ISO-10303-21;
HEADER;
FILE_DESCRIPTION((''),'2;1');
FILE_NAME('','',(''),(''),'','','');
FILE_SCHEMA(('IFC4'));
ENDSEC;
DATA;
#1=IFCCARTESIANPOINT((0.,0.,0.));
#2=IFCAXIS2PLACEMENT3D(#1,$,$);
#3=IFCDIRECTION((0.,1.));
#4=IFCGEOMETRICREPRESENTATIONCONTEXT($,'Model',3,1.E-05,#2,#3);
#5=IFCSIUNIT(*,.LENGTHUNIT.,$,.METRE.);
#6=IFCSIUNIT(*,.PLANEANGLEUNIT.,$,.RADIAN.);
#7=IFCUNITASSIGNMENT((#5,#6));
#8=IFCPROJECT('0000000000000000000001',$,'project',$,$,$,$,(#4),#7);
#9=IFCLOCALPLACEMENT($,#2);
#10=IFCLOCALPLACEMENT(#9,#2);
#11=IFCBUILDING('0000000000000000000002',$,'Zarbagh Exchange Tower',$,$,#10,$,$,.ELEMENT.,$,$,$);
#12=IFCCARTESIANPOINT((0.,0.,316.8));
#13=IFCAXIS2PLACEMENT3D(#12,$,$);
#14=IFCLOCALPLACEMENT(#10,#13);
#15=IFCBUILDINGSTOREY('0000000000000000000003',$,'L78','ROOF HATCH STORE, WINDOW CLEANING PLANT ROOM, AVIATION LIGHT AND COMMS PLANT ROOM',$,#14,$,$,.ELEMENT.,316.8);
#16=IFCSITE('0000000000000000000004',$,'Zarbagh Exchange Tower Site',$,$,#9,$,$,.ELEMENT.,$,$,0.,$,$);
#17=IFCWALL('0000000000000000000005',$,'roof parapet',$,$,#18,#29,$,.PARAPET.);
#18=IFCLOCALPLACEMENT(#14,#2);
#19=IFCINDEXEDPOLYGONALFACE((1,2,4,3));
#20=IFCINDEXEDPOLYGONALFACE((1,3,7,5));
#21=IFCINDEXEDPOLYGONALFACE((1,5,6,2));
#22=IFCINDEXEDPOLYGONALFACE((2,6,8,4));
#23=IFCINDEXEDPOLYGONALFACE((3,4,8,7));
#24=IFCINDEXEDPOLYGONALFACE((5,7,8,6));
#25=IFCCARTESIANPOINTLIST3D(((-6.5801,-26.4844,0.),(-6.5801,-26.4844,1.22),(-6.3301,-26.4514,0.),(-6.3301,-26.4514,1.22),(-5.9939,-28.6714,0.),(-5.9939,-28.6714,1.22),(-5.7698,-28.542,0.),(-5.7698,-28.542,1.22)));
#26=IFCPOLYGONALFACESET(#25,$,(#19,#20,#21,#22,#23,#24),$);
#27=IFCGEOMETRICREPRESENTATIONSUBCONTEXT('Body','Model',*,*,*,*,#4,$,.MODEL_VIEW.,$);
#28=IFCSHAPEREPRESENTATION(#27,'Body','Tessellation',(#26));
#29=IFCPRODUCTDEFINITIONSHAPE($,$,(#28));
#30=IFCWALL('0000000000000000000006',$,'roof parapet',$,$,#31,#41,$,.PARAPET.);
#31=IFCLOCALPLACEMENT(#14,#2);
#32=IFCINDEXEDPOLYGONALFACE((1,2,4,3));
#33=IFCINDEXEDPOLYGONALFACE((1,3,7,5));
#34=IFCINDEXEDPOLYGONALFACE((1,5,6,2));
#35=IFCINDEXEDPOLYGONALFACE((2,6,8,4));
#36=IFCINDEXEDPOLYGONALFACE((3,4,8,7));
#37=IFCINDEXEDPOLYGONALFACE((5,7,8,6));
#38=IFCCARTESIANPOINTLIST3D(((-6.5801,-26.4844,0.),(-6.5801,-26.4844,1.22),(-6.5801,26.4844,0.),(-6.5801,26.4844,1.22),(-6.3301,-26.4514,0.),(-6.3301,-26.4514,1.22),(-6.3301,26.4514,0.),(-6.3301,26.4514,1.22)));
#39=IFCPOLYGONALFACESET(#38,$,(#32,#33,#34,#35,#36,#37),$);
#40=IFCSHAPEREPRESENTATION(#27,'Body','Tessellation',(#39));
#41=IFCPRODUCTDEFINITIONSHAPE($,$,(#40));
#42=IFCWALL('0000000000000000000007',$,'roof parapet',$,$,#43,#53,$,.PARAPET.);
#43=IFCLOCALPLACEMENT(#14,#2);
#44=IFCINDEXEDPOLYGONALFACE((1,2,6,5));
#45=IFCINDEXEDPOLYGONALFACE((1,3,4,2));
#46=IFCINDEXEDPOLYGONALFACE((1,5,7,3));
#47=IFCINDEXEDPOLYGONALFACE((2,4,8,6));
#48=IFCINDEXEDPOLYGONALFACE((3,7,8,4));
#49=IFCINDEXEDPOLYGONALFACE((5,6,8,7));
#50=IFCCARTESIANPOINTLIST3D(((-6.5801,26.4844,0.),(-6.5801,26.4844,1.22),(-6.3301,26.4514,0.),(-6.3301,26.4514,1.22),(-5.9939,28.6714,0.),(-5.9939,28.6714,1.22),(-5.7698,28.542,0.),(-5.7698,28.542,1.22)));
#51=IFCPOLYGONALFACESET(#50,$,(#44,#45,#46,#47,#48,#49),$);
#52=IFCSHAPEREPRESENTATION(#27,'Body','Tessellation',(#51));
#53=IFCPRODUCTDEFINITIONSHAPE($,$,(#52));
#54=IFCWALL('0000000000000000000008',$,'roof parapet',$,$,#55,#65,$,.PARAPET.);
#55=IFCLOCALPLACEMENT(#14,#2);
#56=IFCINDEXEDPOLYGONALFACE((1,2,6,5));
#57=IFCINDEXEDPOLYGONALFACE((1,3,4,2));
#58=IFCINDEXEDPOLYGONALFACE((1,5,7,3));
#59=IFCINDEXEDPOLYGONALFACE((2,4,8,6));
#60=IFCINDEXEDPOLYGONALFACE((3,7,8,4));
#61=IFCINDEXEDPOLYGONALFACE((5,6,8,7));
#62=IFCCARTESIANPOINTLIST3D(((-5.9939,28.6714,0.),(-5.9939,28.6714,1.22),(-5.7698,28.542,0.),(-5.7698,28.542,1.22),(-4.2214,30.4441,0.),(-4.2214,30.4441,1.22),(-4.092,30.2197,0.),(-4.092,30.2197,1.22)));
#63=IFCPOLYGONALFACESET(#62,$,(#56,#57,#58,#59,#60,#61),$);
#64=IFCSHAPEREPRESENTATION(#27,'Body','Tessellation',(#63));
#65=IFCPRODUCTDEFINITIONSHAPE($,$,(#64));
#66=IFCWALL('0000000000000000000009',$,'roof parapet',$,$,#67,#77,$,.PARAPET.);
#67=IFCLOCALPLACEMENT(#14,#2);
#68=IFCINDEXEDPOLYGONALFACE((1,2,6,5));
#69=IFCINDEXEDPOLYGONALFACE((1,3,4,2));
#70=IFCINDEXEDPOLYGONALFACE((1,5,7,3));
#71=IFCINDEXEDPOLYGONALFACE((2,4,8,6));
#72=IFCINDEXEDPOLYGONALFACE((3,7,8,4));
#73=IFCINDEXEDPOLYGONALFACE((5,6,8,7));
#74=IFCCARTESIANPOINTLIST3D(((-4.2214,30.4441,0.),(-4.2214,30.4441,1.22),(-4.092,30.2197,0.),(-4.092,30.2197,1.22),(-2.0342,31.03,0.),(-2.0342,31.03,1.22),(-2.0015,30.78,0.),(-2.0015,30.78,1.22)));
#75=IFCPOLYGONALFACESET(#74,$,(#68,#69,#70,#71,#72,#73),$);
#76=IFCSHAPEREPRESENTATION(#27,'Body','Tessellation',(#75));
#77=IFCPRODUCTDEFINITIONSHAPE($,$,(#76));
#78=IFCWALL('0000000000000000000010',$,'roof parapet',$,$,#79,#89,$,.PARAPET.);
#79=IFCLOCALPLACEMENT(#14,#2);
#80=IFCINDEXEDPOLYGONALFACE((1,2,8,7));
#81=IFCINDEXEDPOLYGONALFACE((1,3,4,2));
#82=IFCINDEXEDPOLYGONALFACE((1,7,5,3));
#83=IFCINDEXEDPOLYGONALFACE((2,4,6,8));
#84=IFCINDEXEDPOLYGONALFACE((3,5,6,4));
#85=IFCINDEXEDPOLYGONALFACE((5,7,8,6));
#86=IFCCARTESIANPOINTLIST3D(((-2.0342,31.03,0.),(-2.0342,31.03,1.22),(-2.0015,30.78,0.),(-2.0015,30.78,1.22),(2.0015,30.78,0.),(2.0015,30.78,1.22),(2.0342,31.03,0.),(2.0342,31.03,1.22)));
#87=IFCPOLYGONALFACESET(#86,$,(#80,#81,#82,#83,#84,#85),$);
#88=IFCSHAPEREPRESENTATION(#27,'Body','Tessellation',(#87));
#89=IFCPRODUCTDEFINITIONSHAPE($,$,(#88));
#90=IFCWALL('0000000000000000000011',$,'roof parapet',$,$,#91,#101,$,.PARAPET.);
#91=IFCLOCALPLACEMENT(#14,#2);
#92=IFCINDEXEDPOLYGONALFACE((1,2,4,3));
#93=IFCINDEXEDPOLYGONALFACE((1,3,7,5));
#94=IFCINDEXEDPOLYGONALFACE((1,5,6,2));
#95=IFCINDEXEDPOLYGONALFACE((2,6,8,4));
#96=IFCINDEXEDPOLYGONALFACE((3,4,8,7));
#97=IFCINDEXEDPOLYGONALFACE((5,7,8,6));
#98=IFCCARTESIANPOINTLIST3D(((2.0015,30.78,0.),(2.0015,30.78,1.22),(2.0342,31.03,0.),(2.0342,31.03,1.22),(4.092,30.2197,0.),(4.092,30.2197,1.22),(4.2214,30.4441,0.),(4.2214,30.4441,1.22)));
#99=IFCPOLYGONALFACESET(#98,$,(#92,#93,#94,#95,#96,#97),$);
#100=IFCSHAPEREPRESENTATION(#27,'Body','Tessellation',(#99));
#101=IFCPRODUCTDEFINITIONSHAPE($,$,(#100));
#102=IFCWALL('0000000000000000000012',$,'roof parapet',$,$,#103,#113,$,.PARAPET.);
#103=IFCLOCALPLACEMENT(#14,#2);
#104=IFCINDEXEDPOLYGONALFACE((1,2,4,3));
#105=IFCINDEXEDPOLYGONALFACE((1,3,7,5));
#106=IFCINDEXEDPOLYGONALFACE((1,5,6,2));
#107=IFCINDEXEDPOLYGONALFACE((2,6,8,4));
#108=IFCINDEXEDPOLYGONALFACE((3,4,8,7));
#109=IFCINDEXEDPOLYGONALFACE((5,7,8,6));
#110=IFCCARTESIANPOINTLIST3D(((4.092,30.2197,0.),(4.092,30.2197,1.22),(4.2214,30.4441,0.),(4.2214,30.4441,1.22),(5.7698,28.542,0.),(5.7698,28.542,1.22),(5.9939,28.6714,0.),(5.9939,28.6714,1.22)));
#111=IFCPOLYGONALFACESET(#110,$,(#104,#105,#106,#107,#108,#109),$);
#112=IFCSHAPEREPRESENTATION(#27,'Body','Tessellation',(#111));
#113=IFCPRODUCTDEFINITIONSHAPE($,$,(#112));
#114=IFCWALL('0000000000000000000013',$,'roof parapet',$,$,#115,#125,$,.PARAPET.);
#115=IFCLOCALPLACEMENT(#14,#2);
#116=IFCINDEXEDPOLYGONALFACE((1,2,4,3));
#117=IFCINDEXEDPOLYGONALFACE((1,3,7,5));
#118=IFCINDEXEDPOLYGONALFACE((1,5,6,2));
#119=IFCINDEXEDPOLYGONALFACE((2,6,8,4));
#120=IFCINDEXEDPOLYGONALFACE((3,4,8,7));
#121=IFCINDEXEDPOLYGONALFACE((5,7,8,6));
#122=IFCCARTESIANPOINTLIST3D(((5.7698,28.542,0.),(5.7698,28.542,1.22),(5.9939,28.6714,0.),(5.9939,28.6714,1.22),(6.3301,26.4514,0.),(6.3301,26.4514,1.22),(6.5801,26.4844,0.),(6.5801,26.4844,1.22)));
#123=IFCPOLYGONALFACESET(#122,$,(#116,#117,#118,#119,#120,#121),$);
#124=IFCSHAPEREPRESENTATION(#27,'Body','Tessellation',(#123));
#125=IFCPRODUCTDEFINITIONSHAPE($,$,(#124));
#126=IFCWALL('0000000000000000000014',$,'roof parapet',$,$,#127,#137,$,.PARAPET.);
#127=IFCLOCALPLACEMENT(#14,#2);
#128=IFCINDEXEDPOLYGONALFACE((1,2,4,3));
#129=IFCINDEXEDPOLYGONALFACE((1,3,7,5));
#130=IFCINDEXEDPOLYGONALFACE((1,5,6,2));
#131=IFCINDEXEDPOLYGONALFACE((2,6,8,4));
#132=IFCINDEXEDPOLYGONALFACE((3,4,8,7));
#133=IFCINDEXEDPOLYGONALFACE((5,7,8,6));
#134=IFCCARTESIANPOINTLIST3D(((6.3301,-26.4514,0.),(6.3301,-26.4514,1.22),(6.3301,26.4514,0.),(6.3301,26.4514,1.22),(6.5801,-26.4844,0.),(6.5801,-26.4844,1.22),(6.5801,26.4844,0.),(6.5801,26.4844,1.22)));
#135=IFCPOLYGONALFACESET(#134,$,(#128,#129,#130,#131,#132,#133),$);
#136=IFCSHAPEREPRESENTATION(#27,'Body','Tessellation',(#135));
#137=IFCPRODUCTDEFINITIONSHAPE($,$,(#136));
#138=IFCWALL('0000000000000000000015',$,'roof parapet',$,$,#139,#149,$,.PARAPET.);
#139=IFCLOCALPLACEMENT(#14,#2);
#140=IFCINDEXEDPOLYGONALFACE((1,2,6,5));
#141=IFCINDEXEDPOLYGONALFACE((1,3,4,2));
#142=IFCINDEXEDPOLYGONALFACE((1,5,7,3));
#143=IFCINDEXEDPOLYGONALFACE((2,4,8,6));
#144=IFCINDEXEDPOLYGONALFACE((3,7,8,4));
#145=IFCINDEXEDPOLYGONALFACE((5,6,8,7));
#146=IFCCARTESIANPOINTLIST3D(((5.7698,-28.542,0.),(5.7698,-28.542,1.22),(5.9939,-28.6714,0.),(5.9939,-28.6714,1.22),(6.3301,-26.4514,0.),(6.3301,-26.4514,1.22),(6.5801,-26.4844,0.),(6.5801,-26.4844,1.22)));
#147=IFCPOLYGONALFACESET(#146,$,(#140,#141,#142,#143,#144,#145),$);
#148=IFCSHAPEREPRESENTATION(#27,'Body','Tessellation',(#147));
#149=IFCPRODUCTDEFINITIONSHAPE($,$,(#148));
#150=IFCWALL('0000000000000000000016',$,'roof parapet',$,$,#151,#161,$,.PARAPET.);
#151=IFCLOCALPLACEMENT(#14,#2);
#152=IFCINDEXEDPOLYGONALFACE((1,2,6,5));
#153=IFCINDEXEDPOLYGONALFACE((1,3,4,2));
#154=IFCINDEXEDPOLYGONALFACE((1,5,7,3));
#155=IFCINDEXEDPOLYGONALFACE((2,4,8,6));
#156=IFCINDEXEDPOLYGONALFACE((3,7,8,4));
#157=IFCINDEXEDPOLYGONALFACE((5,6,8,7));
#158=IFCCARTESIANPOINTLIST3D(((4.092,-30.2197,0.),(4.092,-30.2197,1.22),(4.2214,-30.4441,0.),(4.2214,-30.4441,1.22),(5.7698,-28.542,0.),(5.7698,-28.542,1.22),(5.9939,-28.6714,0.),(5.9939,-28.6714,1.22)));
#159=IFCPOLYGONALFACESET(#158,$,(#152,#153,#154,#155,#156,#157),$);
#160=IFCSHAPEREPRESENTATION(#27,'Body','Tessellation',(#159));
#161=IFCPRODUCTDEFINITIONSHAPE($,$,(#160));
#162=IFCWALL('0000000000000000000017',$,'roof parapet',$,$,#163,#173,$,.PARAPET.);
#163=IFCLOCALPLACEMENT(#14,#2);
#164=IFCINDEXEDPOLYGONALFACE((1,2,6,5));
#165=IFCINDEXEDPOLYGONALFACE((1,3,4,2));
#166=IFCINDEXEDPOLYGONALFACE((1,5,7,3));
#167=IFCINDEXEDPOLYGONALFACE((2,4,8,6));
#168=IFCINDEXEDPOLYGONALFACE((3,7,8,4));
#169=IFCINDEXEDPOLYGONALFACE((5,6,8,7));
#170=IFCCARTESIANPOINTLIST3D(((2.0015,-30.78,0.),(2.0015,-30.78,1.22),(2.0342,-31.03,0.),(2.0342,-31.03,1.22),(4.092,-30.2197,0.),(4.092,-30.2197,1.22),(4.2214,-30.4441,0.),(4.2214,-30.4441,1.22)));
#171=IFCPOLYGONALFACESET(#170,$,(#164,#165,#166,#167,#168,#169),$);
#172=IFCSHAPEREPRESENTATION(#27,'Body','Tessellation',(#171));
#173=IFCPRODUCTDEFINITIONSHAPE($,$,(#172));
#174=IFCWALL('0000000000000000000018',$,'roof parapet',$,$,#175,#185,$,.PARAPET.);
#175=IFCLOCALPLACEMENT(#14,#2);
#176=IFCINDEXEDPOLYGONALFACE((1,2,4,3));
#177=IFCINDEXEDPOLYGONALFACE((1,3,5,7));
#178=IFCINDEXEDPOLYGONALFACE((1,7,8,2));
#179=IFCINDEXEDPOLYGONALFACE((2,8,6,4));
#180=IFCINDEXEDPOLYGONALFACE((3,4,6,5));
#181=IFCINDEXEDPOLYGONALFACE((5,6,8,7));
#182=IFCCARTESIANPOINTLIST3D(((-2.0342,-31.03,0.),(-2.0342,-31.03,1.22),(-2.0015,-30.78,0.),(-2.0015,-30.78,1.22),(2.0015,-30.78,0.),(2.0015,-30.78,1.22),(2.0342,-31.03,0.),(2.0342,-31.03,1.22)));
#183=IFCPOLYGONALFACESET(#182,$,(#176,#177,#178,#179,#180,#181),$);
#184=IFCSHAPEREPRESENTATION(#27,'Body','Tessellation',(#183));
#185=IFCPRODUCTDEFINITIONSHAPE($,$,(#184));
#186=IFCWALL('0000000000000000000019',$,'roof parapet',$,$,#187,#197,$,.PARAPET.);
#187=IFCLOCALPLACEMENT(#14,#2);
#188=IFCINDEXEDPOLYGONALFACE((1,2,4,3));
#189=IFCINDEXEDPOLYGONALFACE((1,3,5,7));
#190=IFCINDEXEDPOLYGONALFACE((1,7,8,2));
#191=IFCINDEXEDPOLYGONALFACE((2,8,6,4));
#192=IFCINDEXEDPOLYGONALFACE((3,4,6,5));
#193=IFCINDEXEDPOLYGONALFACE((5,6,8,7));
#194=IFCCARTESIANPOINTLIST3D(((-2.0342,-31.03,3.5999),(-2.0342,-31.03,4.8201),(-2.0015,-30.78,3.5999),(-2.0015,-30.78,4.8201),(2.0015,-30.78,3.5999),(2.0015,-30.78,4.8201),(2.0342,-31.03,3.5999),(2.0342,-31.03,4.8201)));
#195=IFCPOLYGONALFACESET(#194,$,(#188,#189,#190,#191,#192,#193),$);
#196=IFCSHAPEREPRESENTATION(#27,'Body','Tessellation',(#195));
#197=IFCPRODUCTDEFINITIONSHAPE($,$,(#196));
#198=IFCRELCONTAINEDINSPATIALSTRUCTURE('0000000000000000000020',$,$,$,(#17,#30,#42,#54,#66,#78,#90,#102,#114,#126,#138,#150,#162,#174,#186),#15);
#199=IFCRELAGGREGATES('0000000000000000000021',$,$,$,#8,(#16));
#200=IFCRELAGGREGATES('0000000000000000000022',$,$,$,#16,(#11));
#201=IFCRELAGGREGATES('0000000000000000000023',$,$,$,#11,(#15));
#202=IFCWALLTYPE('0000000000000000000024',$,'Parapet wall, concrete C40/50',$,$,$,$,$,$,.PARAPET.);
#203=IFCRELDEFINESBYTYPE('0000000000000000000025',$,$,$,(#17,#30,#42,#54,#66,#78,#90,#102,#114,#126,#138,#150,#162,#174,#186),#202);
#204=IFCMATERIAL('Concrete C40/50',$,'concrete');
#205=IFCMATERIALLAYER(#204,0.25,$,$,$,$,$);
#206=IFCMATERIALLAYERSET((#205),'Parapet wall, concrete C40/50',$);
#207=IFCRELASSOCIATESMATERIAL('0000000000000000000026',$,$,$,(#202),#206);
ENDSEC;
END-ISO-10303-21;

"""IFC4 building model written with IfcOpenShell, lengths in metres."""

from ifc_helpers import new_model, si_unit, direction, frame, origin, place, context, subcontext, project, spatial, polyline, outline, extrude, material, layer, layer_set, type_object, element, save


model = new_model("IFC4")

# Units and contexts
model_context = context("Model", 3, precision=1e-05, world=origin(), true_north=direction((0.0, 1.0)))
body_context = subcontext(model_context, "Body", "Model", "MODEL_VIEW")
ifc_project = project(units=[si_unit("LENGTHUNIT", "METRE"), si_unit("PLANEANGLEUNIT", "RADIAN")], contexts=[model_context])

# Site, building, storey
site_placement = place(None, origin())
site = spatial("IfcSite", under=ifc_project, at=site_placement, Name="Zarbagh Exchange Tower Site", CompositionType="ELEMENT", RefElevation=0.0)
building_placement = place(site_placement, origin())
building = spatial("IfcBuilding", under=site, at=building_placement, Name="Zarbagh Exchange Tower", CompositionType="ELEMENT")
storey_placement = place(building_placement, frame((0.0, 0.0, 316.8)))
storey = spatial("IfcBuildingStorey", under=building, at=storey_placement, Name="L78", Description="ROOF HATCH STORE, WINDOW CLEANING PLANT ROOM, AVIATION LIGHT AND COMMS PLANT ROOM", CompositionType="ELEMENT", Elevation=316.8)

# Walls
ifc_material_1 = material(Name="Concrete C40/50", Category="concrete")
ifc_layer_1 = layer(ifc_material_1, 0.25)
ifc_layer_set_1 = layer_set([ifc_layer_1], Name="Parapet wall, concrete C40/50")
wall_type_1 = type_object("IfcWallType", Name="Parapet wall, concrete C40/50", PredefinedType="PARAPET", material=ifc_layer_set_1)
wall_1_placement = place(storey_placement, origin())
element("IfcWall", 1, at=wall_1_placement, inside=storey, type_object=wall_type_1, Name="roof parapet", PredefinedType="PARAPET", context=body_context, shape_type="SweptSolid", body=[
    extrude(outline(polyline([(-5.9939, -28.6714), (-6.5801, -26.4844), (-6.3301, -26.4514), (-5.7698, -28.542), (-5.9939, -28.6714)])), origin(), (0.0, 0.0, 1.0), 1.22),
])
wall_2_placement = place(storey_placement, origin())
element("IfcWall", 2, at=wall_2_placement, inside=storey, type_object=wall_type_1, Name="roof parapet", PredefinedType="PARAPET", context=body_context, shape_type="SweptSolid", body=[
    extrude(outline(polyline([(-6.5801, -26.4844), (-6.5801, 26.4844), (-6.3301, 26.4514), (-6.3301, -26.4514), (-6.5801, -26.4844)])), origin(), (0.0, 0.0, 1.0), 1.22),
])
wall_3_placement = place(storey_placement, origin())
element("IfcWall", 3, at=wall_3_placement, inside=storey, type_object=wall_type_1, Name="roof parapet", PredefinedType="PARAPET", context=body_context, shape_type="SweptSolid", body=[
    extrude(outline(polyline([(-6.5801, 26.4844), (-5.9939, 28.6714), (-5.7698, 28.542), (-6.3301, 26.4514), (-6.5801, 26.4844)])), origin(), (0.0, 0.0, 1.0), 1.22),
])
wall_4_placement = place(storey_placement, origin())
element("IfcWall", 4, at=wall_4_placement, inside=storey, type_object=wall_type_1, Name="roof parapet", PredefinedType="PARAPET", context=body_context, shape_type="SweptSolid", body=[
    extrude(outline(polyline([(-5.9939, 28.6714), (-4.2214, 30.4441), (-4.092, 30.2197), (-5.7698, 28.542), (-5.9939, 28.6714)])), origin(), (0.0, 0.0, 1.0), 1.22),
])
wall_5_placement = place(storey_placement, origin())
element("IfcWall", 5, at=wall_5_placement, inside=storey, type_object=wall_type_1, Name="roof parapet", PredefinedType="PARAPET", context=body_context, shape_type="SweptSolid", body=[
    extrude(outline(polyline([(-4.2214, 30.4441), (-2.0342, 31.03), (-2.0015, 30.78), (-4.092, 30.2197), (-4.2214, 30.4441)])), origin(), (0.0, 0.0, 1.0), 1.22),
])
wall_6_placement = place(storey_placement, origin())
element("IfcWall", 6, at=wall_6_placement, inside=storey, type_object=wall_type_1, Name="roof parapet", PredefinedType="PARAPET", context=body_context, shape_type="SweptSolid", body=[
    extrude(outline(polyline([(-2.0342, 31.03), (2.0342, 31.03), (2.0015, 30.78), (-2.0015, 30.78), (-2.0342, 31.03)])), origin(), (0.0, 0.0, 1.0), 1.22),
])
wall_7_placement = place(storey_placement, origin())
element("IfcWall", 7, at=wall_7_placement, inside=storey, type_object=wall_type_1, Name="roof parapet", PredefinedType="PARAPET", context=body_context, shape_type="SweptSolid", body=[
    extrude(outline(polyline([(2.0342, 31.03), (4.2214, 30.4441), (4.092, 30.2197), (2.0015, 30.78), (2.0342, 31.03)])), origin(), (0.0, 0.0, 1.0), 1.22),
])
wall_8_placement = place(storey_placement, origin())
element("IfcWall", 8, at=wall_8_placement, inside=storey, type_object=wall_type_1, Name="roof parapet", PredefinedType="PARAPET", context=body_context, shape_type="SweptSolid", body=[
    extrude(outline(polyline([(4.2214, 30.4441), (5.9939, 28.6714), (5.7698, 28.542), (4.092, 30.2197), (4.2214, 30.4441)])), origin(), (0.0, 0.0, 1.0), 1.22),
])
wall_9_placement = place(storey_placement, origin())
element("IfcWall", 9, at=wall_9_placement, inside=storey, type_object=wall_type_1, Name="roof parapet", PredefinedType="PARAPET", context=body_context, shape_type="SweptSolid", body=[
    extrude(outline(polyline([(5.9939, 28.6714), (6.5801, 26.4844), (6.3301, 26.4514), (5.7698, 28.542), (5.9939, 28.6714)])), origin(), (0.0, 0.0, 1.0), 1.22),
])
wall_10_placement = place(storey_placement, origin())
element("IfcWall", 10, at=wall_10_placement, inside=storey, type_object=wall_type_1, Name="roof parapet", PredefinedType="PARAPET", context=body_context, shape_type="SweptSolid", body=[
    extrude(outline(polyline([(6.5801, 26.4844), (6.5801, -26.4844), (6.3301, -26.4514), (6.3301, 26.4514), (6.5801, 26.4844)])), origin(), (0.0, 0.0, 1.0), 1.22),
])
wall_11_placement = place(storey_placement, origin())
element("IfcWall", 11, at=wall_11_placement, inside=storey, type_object=wall_type_1, Name="roof parapet", PredefinedType="PARAPET", context=body_context, shape_type="SweptSolid", body=[
    extrude(outline(polyline([(6.5801, -26.4844), (5.9939, -28.6714), (5.7698, -28.542), (6.3301, -26.4514), (6.5801, -26.4844)])), origin(), (0.0, 0.0, 1.0), 1.22),
])
wall_12_placement = place(storey_placement, origin())
element("IfcWall", 12, at=wall_12_placement, inside=storey, type_object=wall_type_1, Name="roof parapet", PredefinedType="PARAPET", context=body_context, shape_type="SweptSolid", body=[
    extrude(outline(polyline([(5.9939, -28.6714), (4.2214, -30.4441), (4.092, -30.2197), (5.7698, -28.542), (5.9939, -28.6714)])), origin(), (0.0, 0.0, 1.0), 1.22),
])
wall_13_placement = place(storey_placement, origin())
element("IfcWall", 13, at=wall_13_placement, inside=storey, type_object=wall_type_1, Name="roof parapet", PredefinedType="PARAPET", context=body_context, shape_type="SweptSolid", body=[
    extrude(outline(polyline([(4.2214, -30.4441), (2.0342, -31.03), (2.0015, -30.78), (4.092, -30.2197), (4.2214, -30.4441)])), origin(), (0.0, 0.0, 1.0), 1.22),
])
wall_14_placement = place(storey_placement, origin())
element("IfcWall", 14, at=wall_14_placement, inside=storey, type_object=wall_type_1, Name="roof parapet", PredefinedType="PARAPET", context=body_context, shape_type="SweptSolid", body=[
    extrude(outline(polyline([(2.0342, -31.03), (-2.0342, -31.03), (-2.0015, -30.78), (2.0015, -30.78), (2.0342, -31.03)])), origin(), (0.0, 0.0, 1.0), 1.22),
])
wall_15_placement = place(storey_placement, frame((0.0, 0.0, 3.5999)))
element("IfcWall", 15, at=wall_15_placement, inside=storey, type_object=wall_type_1, Name="roof parapet", PredefinedType="PARAPET", context=body_context, shape_type="SweptSolid", body=[
    extrude(outline(polyline([(2.0342, -31.03), (-2.0342, -31.03), (-2.0015, -30.78), (2.0015, -30.78), (2.0342, -31.03)])), origin(), (0.0, 0.0, 1.0), 1.2202),
])

save(model, "model.ifc")
